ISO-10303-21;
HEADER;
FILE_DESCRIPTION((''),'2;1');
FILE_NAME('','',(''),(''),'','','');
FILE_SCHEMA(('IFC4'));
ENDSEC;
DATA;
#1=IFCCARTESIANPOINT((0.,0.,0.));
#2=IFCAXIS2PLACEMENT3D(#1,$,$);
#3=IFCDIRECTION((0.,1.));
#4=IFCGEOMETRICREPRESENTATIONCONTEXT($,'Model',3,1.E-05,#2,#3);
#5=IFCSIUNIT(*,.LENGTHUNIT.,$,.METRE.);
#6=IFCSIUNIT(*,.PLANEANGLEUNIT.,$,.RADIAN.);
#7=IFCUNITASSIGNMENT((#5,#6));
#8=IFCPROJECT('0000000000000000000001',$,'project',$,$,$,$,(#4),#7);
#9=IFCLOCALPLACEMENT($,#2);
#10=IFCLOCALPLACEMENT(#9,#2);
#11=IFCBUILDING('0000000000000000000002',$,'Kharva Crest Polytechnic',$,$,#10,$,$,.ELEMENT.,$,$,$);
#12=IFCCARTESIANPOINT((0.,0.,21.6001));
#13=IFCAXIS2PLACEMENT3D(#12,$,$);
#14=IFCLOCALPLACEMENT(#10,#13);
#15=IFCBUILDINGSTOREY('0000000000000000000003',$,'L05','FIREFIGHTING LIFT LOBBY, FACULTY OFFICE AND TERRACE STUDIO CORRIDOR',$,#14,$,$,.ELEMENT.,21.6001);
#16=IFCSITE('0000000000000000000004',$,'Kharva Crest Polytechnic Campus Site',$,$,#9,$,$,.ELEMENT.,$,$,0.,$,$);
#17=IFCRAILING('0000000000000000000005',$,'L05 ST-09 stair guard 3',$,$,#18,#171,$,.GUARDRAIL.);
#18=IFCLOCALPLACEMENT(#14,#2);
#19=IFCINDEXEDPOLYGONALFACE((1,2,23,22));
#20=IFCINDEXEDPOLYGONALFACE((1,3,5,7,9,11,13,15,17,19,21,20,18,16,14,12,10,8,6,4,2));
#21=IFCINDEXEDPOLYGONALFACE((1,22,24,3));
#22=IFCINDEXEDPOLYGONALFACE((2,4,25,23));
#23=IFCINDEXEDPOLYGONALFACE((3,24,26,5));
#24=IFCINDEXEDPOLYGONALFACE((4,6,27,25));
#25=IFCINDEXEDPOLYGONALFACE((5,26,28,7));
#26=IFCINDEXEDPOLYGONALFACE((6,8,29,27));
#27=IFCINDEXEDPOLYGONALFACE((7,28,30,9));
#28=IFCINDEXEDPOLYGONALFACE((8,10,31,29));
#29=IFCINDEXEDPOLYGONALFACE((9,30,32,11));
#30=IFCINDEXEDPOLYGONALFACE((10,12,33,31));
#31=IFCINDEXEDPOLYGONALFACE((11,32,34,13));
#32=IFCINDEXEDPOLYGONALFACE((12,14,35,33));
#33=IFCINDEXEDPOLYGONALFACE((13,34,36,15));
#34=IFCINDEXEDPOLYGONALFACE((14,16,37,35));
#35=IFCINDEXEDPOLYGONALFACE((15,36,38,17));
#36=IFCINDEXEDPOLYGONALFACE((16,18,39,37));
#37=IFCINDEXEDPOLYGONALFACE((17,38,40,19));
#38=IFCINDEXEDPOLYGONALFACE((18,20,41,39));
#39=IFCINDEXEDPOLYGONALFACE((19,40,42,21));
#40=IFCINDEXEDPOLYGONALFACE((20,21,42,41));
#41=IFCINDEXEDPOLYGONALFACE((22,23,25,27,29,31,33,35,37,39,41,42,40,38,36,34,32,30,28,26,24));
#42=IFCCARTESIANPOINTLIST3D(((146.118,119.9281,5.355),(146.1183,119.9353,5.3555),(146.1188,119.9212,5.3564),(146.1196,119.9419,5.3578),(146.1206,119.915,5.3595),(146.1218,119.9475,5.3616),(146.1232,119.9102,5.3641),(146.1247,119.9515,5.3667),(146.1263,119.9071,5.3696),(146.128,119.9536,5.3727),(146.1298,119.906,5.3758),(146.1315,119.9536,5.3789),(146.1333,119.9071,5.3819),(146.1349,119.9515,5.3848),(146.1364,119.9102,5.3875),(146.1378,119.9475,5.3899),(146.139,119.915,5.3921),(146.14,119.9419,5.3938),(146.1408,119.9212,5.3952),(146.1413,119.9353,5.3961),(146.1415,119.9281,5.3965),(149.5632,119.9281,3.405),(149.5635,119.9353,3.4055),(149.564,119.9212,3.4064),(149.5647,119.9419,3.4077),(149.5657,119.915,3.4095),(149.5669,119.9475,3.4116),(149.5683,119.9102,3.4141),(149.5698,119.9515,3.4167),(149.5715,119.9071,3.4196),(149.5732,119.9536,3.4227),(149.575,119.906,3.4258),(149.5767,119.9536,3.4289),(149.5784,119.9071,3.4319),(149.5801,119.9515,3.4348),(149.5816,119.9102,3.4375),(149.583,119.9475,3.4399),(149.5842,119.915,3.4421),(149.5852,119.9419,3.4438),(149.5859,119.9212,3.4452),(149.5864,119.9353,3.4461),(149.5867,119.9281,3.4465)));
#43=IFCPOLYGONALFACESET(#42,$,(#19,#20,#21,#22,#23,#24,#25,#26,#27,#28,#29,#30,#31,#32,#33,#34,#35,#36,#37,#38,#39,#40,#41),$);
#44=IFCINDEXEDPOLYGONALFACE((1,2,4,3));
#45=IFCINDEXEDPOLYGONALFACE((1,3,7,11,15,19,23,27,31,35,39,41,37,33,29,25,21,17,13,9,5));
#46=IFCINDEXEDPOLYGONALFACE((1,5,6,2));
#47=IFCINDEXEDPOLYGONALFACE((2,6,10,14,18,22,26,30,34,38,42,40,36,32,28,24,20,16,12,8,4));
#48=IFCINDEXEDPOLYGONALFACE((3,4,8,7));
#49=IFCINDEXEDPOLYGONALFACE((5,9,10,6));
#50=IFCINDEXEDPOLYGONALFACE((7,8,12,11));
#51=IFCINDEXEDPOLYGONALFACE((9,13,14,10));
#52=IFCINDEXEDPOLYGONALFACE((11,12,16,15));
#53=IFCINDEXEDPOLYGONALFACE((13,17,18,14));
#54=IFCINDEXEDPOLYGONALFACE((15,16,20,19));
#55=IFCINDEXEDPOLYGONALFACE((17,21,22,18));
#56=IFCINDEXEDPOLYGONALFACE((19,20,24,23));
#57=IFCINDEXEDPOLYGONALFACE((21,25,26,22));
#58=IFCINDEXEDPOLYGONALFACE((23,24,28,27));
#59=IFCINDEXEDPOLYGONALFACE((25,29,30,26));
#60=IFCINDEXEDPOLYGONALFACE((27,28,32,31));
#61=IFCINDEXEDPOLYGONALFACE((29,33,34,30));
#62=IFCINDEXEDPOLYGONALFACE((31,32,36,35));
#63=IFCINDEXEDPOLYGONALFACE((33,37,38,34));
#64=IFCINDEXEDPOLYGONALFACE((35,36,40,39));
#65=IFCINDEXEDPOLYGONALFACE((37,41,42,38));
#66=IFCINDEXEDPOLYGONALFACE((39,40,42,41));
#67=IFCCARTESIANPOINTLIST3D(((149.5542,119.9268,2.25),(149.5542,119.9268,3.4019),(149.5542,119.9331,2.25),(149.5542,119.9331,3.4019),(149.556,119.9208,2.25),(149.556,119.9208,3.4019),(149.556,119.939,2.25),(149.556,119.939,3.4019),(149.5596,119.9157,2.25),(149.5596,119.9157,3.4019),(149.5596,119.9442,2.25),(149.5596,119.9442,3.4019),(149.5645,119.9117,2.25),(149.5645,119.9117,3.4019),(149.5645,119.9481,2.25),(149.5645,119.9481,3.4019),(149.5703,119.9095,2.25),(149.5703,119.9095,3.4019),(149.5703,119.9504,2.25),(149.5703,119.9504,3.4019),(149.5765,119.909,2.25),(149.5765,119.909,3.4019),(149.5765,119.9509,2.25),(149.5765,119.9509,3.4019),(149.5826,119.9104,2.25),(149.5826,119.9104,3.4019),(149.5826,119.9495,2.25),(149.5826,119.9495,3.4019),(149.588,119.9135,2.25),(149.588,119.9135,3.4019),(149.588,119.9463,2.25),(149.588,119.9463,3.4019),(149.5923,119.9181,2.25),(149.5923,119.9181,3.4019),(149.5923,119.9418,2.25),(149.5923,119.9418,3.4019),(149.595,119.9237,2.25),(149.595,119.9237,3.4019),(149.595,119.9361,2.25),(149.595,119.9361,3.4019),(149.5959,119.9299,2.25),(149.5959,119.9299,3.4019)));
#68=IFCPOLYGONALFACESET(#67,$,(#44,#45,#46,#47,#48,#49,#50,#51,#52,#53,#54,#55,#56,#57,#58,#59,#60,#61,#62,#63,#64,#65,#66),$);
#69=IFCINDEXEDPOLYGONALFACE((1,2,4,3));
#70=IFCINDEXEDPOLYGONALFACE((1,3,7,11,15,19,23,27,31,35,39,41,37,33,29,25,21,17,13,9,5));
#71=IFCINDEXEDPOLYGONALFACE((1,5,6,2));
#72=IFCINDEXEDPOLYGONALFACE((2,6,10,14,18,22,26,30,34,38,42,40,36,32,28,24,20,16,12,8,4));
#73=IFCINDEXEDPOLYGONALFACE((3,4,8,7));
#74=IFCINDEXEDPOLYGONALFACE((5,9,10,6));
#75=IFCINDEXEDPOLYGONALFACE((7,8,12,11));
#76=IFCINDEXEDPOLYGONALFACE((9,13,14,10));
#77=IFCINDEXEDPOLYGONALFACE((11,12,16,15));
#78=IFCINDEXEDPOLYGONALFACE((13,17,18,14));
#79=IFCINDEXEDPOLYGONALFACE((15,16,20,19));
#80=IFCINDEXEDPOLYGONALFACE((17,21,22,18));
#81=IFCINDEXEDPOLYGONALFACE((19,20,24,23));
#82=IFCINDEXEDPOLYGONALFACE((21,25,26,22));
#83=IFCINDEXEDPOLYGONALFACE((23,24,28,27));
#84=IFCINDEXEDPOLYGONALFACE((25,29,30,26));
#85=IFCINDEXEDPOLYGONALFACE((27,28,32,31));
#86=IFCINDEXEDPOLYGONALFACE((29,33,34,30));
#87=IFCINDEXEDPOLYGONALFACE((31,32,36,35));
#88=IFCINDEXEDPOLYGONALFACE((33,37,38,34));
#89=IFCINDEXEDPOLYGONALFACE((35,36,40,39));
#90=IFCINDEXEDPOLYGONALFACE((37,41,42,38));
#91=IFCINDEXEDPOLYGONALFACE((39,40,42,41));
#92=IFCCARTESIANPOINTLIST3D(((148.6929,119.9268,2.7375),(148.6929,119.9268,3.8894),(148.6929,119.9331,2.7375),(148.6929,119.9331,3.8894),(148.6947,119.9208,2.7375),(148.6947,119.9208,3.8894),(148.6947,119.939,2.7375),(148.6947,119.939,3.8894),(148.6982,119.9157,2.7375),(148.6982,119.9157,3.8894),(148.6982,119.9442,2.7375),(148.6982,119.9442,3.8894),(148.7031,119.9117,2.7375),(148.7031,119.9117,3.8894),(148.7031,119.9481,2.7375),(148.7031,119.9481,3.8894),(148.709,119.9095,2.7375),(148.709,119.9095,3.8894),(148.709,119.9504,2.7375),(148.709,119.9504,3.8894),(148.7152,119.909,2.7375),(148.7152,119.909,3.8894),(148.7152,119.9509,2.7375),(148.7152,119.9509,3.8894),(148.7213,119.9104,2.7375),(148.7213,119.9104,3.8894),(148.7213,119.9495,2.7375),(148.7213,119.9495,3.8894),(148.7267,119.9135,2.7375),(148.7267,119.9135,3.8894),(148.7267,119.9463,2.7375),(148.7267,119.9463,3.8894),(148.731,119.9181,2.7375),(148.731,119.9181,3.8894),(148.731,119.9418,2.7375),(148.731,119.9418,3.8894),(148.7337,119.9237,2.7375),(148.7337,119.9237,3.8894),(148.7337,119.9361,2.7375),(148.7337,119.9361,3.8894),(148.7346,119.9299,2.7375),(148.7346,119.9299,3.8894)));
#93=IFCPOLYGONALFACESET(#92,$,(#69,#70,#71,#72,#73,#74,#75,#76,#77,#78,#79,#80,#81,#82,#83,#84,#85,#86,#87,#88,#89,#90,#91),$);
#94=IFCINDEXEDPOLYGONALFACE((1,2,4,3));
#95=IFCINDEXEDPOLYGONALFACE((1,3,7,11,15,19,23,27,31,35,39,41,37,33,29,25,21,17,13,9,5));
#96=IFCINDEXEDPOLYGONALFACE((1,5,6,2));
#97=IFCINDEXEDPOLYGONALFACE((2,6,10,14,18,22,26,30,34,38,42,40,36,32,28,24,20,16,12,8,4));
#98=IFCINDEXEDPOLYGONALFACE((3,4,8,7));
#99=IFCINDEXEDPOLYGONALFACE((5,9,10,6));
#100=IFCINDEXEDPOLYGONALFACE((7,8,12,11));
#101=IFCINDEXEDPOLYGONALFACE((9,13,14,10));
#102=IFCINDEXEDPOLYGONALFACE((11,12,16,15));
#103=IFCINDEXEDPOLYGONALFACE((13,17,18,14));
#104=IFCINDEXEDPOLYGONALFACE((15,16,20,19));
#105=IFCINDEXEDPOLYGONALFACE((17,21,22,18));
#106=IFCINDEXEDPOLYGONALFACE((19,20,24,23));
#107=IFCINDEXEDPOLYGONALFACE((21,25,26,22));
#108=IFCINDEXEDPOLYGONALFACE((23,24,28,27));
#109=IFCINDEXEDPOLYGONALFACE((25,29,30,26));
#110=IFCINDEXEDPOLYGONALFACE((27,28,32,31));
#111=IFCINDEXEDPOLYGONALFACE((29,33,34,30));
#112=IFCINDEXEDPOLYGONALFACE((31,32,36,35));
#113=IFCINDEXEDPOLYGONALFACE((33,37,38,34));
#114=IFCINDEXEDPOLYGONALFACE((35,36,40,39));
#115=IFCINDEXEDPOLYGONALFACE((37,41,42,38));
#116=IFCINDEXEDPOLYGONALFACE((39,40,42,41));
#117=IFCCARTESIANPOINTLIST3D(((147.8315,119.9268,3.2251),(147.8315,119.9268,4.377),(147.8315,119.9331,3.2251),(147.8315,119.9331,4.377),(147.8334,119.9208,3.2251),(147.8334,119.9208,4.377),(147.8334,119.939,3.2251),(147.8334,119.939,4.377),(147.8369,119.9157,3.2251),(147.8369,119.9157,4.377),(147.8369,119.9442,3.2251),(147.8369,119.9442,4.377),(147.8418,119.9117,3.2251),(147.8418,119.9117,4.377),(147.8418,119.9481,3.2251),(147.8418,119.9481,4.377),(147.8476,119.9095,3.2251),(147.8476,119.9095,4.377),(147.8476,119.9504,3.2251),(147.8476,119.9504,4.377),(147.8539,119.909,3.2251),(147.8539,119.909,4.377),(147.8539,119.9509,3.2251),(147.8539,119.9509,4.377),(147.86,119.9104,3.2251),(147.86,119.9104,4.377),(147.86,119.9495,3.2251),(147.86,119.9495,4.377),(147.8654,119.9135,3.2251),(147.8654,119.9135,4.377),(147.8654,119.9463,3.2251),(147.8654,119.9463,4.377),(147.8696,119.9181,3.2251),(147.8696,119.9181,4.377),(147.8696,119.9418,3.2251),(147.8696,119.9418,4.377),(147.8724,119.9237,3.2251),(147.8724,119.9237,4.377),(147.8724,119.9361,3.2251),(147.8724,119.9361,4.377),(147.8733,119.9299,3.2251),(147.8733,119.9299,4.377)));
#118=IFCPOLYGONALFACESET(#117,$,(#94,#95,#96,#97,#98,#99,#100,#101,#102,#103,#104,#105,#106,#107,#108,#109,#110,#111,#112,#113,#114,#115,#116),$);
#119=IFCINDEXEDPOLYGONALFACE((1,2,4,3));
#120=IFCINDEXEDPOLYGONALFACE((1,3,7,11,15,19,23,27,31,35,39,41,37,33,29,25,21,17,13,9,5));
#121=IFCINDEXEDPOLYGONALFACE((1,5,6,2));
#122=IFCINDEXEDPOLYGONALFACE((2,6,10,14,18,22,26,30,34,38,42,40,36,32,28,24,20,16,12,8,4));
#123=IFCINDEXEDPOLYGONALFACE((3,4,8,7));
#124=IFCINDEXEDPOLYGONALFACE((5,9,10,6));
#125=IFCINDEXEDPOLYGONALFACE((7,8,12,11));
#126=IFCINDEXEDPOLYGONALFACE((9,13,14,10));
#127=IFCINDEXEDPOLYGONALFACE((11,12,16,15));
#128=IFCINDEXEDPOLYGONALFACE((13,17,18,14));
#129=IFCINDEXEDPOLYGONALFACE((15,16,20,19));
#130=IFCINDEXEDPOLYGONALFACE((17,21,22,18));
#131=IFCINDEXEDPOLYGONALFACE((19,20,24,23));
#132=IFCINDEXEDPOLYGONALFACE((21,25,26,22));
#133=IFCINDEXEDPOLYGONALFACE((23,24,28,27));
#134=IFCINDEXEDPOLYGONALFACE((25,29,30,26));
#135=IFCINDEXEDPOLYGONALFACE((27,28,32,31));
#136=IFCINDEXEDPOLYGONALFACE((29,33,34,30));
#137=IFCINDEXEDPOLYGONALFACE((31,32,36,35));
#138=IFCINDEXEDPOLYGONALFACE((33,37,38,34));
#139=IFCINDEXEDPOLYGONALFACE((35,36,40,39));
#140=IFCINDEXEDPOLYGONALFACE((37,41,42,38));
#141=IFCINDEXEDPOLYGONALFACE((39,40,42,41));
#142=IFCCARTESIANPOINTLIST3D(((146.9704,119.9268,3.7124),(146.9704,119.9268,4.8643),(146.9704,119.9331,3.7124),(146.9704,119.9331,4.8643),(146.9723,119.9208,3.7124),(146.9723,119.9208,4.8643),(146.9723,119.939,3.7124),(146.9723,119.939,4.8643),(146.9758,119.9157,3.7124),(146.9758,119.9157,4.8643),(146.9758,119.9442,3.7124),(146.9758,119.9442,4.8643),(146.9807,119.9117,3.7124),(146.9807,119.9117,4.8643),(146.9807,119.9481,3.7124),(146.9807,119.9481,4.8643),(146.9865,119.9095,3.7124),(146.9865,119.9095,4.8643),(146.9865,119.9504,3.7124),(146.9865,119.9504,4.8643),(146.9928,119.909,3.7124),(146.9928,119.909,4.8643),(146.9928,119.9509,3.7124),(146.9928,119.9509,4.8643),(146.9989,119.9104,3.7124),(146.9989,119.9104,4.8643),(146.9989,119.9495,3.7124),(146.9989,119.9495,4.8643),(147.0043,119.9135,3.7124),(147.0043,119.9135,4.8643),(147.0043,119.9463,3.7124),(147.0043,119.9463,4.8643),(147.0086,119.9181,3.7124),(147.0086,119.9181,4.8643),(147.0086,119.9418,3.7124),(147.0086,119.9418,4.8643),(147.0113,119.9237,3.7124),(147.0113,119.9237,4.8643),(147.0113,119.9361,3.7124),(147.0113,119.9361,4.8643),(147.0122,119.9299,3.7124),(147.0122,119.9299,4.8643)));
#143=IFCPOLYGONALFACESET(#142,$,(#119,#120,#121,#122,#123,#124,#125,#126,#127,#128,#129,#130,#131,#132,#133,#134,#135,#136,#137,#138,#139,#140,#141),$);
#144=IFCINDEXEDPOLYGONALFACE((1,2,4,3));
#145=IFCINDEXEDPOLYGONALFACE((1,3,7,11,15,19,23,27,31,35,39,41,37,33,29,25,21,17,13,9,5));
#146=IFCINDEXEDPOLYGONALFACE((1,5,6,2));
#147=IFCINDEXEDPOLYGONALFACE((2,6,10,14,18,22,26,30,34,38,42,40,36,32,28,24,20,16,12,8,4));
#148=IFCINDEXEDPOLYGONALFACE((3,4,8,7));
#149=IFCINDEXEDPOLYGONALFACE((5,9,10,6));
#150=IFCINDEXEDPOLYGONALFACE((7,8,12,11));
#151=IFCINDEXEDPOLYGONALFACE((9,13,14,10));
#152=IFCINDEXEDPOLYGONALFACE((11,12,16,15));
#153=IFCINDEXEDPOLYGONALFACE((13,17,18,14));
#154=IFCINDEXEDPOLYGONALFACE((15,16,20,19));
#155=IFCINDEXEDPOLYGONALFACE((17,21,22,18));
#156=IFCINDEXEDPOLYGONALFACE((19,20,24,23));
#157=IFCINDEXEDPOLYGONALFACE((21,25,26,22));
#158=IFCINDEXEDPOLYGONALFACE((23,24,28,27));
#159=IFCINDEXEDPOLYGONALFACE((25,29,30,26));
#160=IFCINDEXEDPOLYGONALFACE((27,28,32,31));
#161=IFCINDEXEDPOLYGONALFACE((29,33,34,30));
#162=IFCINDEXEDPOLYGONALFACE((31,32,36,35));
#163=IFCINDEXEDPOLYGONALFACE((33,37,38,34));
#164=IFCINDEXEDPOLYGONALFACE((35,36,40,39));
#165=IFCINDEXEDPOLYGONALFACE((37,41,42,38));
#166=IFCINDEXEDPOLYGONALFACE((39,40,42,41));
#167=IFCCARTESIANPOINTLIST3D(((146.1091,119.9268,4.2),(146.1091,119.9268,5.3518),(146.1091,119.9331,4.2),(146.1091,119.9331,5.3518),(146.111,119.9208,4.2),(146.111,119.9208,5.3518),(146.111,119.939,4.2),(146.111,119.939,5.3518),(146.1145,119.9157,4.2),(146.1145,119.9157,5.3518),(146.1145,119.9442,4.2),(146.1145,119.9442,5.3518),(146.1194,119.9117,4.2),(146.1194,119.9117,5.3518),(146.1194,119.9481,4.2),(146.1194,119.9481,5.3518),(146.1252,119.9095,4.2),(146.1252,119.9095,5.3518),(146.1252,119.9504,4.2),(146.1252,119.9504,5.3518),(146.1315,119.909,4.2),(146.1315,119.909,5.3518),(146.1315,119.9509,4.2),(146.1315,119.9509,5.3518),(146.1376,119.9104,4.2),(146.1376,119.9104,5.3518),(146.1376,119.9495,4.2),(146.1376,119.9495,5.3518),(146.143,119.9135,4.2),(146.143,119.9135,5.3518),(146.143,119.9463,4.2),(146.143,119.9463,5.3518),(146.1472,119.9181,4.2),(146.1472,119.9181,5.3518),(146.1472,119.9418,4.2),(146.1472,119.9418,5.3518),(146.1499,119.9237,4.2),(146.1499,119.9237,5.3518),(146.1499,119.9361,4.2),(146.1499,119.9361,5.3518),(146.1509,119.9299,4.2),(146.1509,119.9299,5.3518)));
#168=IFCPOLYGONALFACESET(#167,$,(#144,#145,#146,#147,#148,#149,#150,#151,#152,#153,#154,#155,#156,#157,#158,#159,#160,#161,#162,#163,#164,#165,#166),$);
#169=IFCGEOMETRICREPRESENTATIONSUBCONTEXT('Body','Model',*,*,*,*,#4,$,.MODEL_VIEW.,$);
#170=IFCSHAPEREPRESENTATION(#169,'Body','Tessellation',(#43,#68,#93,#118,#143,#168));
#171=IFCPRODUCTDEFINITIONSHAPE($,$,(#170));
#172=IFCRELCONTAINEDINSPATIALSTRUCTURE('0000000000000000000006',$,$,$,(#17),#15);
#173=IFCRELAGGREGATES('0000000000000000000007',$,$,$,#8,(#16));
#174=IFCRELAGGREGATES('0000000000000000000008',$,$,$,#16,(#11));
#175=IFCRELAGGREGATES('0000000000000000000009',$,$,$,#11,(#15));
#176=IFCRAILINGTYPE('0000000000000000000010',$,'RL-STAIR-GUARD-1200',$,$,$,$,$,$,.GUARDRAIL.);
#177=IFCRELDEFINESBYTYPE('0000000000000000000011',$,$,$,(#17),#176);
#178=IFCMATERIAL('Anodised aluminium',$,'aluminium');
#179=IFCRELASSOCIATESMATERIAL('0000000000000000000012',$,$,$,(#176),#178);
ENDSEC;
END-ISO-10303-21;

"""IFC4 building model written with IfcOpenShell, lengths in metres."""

from ifc_helpers import new_model, si_unit, direction, frame, origin, origin_2d, place, context, subcontext, project, spatial, circle, extrude, material, type_object, element, save


model = new_model("IFC4")

# Units and contexts
model_context = context("Model", 3, precision=1e-05, world=origin(), true_north=direction((0.0, 1.0)))
body_context = subcontext(model_context, "Body", "Model", "MODEL_VIEW")
ifc_project = project(units=[si_unit("LENGTHUNIT", "METRE"), si_unit("PLANEANGLEUNIT", "RADIAN")], contexts=[model_context])

# Site, building, storey
site_placement = place(None, origin())
site = spatial("IfcSite", under=ifc_project, at=site_placement, Name="Kharva Crest Polytechnic Campus Site", CompositionType="ELEMENT", RefElevation=0.0)
building_placement = place(site_placement, origin())
building = spatial("IfcBuilding", under=site, at=building_placement, Name="Kharva Crest Polytechnic", CompositionType="ELEMENT")
storey_placement = place(building_placement, frame((0.0, 0.0, 21.6001)))
storey = spatial("IfcBuildingStorey", under=building, at=storey_placement, Name="L05", Description="FIREFIGHTING LIFT LOBBY, FACULTY OFFICE AND TERRACE STUDIO CORRIDOR", CompositionType="ELEMENT", Elevation=21.6001)

# Shared definitions
ifc_material_1 = material(Name="Anodised aluminium", Category="aluminium")

# Railing
railing_type_1 = type_object("IfcRailingType", Name="RL-STAIR-GUARD-1200", PredefinedType="GUARDRAIL", material=ifc_material_1)
railing_1_placement = place(storey_placement, frame((149.575, 119.9299, 2.25)))
element("IfcRailing", 1, at=railing_1_placement, inside=storey, type_object=railing_type_1, Name="L05 ST-09 stair guard 3", PredefinedType="GUARDRAIL", context=body_context, shape_type="SweptSolid", body=[
    extrude(circle(Radius=0.0239, at=origin_2d()), frame((0.0, 0.0, 1.1758), z_axis=(-0.870266, 0.0, 0.492581), x_axis=(0.0, -1.0, 0.0)), (0.0, 0.0, 1.0), 3.9587),
    extrude(circle(Radius=0.021, at=origin_2d()), origin(), (0.0, 0.0, 1.0), 1.1519),
    extrude(circle(Radius=0.021, at=origin_2d()), frame((-0.8613, 0.0, 0.4875)), (0.0, 0.0, 1.0), 1.1519),
    extrude(circle(Radius=0.021, at=origin_2d()), frame((-1.7227, 0.0, 0.9751)), (0.0, 0.0, 1.0), 1.1519),
    extrude(circle(Radius=0.021, at=origin_2d()), frame((-2.5837, 0.0, 1.4624)), (0.0, 0.0, 1.0), 1.1519),
    extrude(circle(Radius=0.021, at=origin_2d()), frame((-3.4451, 0.0, 1.95)), (0.0, 0.0, 1.0), 1.1519),
])

save(model, "model.ifc")
